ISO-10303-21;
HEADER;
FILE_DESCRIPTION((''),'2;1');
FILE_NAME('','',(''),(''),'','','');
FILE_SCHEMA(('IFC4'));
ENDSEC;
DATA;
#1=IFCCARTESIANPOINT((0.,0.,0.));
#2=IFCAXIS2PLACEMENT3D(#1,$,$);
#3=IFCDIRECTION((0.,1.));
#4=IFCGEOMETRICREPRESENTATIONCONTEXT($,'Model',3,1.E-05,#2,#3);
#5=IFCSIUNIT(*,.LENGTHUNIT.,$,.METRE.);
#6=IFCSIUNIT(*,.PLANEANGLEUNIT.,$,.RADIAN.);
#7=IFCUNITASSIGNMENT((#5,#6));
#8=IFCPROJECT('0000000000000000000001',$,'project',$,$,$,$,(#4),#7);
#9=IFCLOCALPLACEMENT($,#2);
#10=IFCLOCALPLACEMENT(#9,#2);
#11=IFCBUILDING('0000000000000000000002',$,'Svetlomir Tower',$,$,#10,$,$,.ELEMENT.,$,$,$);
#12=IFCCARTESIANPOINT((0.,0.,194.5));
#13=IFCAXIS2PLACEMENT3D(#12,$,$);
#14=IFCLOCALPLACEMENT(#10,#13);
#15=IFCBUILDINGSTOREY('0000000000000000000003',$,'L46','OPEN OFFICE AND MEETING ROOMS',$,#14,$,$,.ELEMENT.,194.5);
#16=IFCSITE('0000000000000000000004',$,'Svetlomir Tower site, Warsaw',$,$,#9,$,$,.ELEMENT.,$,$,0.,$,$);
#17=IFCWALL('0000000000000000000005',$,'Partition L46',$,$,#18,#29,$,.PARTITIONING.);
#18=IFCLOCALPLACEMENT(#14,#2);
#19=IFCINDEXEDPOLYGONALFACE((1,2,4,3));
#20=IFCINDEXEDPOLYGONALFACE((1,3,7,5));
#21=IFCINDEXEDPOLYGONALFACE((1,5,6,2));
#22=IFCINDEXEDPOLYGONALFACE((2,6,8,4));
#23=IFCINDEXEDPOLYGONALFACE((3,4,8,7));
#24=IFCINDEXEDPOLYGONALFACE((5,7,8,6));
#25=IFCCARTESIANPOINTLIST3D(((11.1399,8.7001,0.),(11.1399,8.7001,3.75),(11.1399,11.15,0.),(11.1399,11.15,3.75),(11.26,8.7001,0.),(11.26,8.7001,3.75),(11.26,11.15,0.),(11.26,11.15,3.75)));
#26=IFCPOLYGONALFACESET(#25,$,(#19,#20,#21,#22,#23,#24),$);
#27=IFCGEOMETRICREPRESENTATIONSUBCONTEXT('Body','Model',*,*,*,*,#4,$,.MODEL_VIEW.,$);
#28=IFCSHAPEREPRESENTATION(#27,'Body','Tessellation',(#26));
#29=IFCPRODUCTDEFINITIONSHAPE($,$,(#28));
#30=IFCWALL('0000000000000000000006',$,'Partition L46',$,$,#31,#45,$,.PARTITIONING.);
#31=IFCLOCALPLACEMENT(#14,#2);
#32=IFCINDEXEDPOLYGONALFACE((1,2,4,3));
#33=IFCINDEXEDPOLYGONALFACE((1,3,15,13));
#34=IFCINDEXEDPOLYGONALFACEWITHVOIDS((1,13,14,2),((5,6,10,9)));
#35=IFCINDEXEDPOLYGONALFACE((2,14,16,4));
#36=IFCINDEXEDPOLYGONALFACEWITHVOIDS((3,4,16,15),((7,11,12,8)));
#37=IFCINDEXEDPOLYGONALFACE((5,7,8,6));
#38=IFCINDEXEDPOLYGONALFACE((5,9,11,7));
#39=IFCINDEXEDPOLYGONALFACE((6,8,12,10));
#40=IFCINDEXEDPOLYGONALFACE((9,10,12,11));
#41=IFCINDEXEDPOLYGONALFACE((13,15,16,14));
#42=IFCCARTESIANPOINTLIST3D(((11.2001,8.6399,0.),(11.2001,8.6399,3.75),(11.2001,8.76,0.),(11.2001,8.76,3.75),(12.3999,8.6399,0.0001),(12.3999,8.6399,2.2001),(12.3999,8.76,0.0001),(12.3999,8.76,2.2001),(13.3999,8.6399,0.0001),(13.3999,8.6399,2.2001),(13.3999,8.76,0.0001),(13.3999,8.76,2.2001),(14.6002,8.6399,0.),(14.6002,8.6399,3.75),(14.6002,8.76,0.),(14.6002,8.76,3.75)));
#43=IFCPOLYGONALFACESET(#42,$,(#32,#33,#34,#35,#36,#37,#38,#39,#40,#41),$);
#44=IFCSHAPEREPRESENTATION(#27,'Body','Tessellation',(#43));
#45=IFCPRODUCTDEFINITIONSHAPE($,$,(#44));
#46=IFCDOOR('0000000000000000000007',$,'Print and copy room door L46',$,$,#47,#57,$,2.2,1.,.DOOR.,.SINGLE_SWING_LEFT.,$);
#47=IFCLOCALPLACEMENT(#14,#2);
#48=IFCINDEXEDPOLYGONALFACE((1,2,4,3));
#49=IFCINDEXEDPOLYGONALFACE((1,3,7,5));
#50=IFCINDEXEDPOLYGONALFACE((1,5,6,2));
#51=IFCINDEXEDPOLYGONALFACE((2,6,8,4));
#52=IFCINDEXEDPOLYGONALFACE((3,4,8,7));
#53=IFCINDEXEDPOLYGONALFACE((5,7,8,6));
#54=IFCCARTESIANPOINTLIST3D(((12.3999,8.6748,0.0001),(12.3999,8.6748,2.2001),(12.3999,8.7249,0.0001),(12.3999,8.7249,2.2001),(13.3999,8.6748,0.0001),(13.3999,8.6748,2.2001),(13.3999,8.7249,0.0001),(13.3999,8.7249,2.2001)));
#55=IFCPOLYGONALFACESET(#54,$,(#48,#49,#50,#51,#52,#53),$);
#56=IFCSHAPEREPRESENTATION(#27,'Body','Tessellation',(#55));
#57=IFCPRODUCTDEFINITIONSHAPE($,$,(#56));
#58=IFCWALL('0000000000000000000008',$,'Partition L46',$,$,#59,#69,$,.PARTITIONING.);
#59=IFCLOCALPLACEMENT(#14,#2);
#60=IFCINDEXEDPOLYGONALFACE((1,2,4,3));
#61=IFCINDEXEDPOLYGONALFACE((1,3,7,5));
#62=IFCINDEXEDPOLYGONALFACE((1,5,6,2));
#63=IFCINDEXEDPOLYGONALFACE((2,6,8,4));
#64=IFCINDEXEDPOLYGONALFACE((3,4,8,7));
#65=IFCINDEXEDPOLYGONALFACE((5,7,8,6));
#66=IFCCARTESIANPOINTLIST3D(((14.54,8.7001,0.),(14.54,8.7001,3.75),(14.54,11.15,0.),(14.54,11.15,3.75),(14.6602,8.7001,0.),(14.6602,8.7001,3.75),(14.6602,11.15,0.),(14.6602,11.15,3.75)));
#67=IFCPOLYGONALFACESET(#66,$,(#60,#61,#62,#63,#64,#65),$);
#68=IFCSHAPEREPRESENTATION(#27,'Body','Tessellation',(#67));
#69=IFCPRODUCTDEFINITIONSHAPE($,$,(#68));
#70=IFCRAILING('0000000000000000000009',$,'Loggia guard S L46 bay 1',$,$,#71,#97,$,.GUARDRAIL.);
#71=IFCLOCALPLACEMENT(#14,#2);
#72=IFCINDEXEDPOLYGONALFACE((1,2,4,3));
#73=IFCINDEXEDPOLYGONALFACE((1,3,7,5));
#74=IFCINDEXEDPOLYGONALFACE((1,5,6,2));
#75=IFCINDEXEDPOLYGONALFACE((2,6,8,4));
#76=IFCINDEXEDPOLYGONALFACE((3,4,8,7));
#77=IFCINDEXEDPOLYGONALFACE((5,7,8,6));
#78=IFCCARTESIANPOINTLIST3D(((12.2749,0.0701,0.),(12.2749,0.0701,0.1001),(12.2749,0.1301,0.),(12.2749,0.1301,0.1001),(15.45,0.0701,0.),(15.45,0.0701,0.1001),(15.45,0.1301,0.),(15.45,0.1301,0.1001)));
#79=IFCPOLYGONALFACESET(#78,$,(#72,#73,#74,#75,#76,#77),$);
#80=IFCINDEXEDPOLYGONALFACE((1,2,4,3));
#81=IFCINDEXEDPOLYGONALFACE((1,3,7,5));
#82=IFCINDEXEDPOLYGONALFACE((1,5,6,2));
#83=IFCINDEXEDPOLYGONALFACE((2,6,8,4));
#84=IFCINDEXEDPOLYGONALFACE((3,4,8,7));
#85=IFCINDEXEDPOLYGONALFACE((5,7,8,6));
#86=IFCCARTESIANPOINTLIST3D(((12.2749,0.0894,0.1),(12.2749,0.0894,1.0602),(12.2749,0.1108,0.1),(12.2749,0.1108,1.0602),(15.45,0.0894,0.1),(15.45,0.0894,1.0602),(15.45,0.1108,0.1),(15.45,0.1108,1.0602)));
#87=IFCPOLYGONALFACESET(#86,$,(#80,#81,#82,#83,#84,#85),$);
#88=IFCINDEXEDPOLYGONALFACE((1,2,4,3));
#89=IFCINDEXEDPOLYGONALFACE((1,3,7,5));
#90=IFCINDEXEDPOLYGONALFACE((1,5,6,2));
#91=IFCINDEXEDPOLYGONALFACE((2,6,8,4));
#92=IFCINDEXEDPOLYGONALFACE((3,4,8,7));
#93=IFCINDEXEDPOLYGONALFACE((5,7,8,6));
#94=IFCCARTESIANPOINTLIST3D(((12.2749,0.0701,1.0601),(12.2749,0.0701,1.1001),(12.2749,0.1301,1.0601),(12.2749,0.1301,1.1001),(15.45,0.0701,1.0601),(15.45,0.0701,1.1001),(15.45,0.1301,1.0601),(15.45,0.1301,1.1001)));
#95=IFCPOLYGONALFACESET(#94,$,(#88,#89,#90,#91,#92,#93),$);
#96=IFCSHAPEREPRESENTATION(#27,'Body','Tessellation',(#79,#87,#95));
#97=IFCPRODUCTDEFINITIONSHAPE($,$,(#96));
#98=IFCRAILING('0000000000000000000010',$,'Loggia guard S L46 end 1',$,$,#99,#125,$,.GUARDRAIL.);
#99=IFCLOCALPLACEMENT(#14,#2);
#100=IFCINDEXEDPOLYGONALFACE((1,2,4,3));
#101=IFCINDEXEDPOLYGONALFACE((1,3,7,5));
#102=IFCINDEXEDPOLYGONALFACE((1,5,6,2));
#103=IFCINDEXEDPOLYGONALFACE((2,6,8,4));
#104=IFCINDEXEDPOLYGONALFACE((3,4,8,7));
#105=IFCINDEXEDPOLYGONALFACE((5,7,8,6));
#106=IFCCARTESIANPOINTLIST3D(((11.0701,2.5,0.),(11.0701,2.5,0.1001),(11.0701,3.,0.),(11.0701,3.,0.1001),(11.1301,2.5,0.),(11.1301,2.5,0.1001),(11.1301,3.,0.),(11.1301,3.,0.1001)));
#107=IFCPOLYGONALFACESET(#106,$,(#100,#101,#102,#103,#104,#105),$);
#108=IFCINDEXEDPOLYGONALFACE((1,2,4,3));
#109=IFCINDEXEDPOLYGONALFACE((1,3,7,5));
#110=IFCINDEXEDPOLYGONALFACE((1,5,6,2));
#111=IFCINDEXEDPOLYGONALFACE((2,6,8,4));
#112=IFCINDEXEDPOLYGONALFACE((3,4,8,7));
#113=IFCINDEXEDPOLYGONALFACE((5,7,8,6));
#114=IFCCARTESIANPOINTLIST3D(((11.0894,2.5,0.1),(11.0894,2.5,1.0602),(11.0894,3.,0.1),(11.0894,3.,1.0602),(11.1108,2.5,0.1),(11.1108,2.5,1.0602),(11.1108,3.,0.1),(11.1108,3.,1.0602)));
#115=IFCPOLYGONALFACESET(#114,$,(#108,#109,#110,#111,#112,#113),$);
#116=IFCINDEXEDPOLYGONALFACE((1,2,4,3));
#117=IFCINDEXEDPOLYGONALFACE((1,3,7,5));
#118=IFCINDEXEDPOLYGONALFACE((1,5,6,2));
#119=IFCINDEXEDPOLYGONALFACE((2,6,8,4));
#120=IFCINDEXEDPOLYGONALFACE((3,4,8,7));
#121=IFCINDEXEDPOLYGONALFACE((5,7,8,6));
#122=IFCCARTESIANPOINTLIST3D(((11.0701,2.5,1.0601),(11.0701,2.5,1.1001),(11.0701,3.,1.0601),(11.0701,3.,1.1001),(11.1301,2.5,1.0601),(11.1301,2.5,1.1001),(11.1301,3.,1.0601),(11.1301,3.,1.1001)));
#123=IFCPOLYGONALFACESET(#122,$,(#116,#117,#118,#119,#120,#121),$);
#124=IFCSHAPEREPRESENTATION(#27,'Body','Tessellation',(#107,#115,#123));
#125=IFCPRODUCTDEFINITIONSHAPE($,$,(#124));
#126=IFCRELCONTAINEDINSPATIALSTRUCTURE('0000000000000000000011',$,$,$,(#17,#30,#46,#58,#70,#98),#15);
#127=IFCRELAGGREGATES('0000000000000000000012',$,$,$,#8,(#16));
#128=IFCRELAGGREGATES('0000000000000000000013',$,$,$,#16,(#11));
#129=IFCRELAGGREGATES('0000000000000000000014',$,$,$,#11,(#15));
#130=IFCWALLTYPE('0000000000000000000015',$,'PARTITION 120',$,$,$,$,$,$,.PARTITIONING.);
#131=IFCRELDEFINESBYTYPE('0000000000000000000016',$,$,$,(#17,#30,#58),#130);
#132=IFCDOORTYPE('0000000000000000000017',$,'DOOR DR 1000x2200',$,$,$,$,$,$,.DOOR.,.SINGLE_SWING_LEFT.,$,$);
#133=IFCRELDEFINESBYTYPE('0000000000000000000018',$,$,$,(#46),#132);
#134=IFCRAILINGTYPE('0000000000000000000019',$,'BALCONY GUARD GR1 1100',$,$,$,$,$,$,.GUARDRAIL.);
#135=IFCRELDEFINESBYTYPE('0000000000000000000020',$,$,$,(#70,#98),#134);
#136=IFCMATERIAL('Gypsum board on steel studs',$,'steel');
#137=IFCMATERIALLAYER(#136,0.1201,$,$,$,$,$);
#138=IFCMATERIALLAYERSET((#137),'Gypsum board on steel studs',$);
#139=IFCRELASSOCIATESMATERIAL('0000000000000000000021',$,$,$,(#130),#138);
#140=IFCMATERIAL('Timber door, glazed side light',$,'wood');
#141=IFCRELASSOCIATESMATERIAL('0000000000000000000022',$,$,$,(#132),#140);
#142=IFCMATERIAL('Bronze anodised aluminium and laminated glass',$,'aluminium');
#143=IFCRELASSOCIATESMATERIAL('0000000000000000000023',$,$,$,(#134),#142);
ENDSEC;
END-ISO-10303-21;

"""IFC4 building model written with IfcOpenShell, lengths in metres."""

from ifc_helpers import new_model, si_unit, direction, frame, frame_2d, origin, origin_2d, place, context, subcontext, project, spatial, rectangle, extrude, material, layer, layer_set, type_object, element, fill, save


model = new_model("IFC4")

# Units and contexts
model_context = context("Model", 3, precision=1e-05, world=origin(), true_north=direction((0.0, 1.0)))
body_context = subcontext(model_context, "Body", "Model", "MODEL_VIEW")
ifc_project = project(units=[si_unit("LENGTHUNIT", "METRE"), si_unit("PLANEANGLEUNIT", "RADIAN")], contexts=[model_context])

# Site, building, storey
site_placement = place(None, origin())
site = spatial("IfcSite", under=ifc_project, at=site_placement, Name="Svetlomir Tower site, Warsaw", CompositionType="ELEMENT", RefElevation=0.0)
building_placement = place(site_placement, origin())
building = spatial("IfcBuilding", under=site, at=building_placement, Name="Svetlomir Tower", CompositionType="ELEMENT")
storey_placement = place(building_placement, frame((0.0, 0.0, 194.5)))
storey = spatial("IfcBuildingStorey", under=building, at=storey_placement, Name="L46", Description="OPEN OFFICE AND MEETING ROOMS", CompositionType="ELEMENT", Elevation=194.5)

# Wall
ifc_material_1 = material(Name="Gypsum board on steel studs", Category="steel")
ifc_layer_1 = layer(ifc_material_1, 0.1201)
ifc_layer_set_1 = layer_set([ifc_layer_1], Name="Gypsum board on steel studs")
wall_type_1 = type_object("IfcWallType", Name="PARTITION 120", PredefinedType="PARTITIONING", material=ifc_layer_set_1)
wall_1_placement = place(storey_placement, frame((11.2, 8.7, 0.0), z_axis=(0.0, 0.0, 1.0), x_axis=(0.0, 1.0, 0.0)))
element("IfcWall", 1, at=wall_1_placement, inside=storey, type_object=wall_type_1, Name="Partition L46", PredefinedType="PARTITIONING", context=body_context, shape_type="SweptSolid", body=[
    extrude(rectangle(XDim=2.45, YDim=0.1201, at=frame_2d((1.2251, 0.0))), origin(), (0.0, 0.0, 1.0), 3.75),
])

# Wall, opening, door
wall_2_placement = place(storey_placement, frame((11.2, 8.7, 0.0), z_axis=(0.0, 0.0, 1.0), x_axis=(1.0, 0.0, 0.0)))
wall_2 = element("IfcWall", 2, at=wall_2_placement, inside=storey, type_object=wall_type_1, Name="Partition L46", PredefinedType="PARTITIONING", context=body_context, shape_type="SweptSolid", body=[
    extrude(rectangle(XDim=3.4001, YDim=0.1201, at=frame_2d((1.7002, 0.0))), origin(), (0.0, 0.0, 1.0), 3.75),
])
opening_1_placement = place(wall_2_placement, frame((1.2, 0.0, 0.0)))
opening_1 = element("IfcOpeningElement", 3, at=opening_1_placement, cuts=wall_2, PredefinedType="OPENING", context=body_context, shape_type="SweptSolid", body=[
    extrude(rectangle(XDim=1.0, YDim=2.2, at=frame_2d((0.5, 1.1001))), frame((0.0, 0.0701, 0.0), z_axis=(0.0, -1.0, 0.0), x_axis=(1.0, 0.0, 0.0)), (0.0, 0.0, 1.0), 0.1401),
])
ifc_material_2 = material(Name="Timber door, glazed side light", Category="wood")
door_type_1 = type_object("IfcDoorType", Name="DOOR DR 1000x2200", OperationType="SINGLE_SWING_LEFT", PredefinedType="DOOR", material=ifc_material_2)
door_1_placement = place(opening_1_placement, origin())
door_1 = element("IfcDoor", 4, at=door_1_placement, inside=storey, type_object=door_type_1, Name="Print and copy room door L46", OperationType="SINGLE_SWING_LEFT", OverallHeight=2.2, OverallWidth=1.0, PredefinedType="DOOR", context=body_context, shape_type="SweptSolid", body=[
    extrude(rectangle(XDim=1.0, YDim=2.2, at=frame_2d((0.5, 1.1001))), frame((0.0, 0.0249, 0.0), z_axis=(0.0, -1.0, 0.0), x_axis=(1.0, 0.0, 0.0)), (0.0, 0.0, 1.0), 0.05),
])
fill(opening_1, door_1)

# Wall
wall_3_placement = place(storey_placement, frame((14.6001, 8.7, 0.0), z_axis=(0.0, 0.0, 1.0), x_axis=(0.0, 1.0, 0.0)))
element("IfcWall", 5, at=wall_3_placement, inside=storey, type_object=wall_type_1, Name="Partition L46", PredefinedType="PARTITIONING", context=body_context, shape_type="SweptSolid", body=[
    extrude(rectangle(XDim=2.45, YDim=0.1201, at=frame_2d((1.2251, 0.0))), origin(), (0.0, 0.0, 1.0), 3.75),
])

# Railings
ifc_material_3 = material(Name="Bronze anodised aluminium and laminated glass", Category="aluminium")
railing_type = type_object("IfcRailingType", Name="BALCONY GUARD GR1 1100", PredefinedType="GUARDRAIL", material=ifc_material_3)
railing_1_placement = place(storey_placement, frame((12.2749, 0.1001, 0.0)))
element("IfcRailing", 6, at=railing_1_placement, inside=storey, type_object=railing_type, Name="Loggia guard S L46 bay 1", PredefinedType="GUARDRAIL", context=body_context, shape_type="SweptSolid", body=[
    extrude(rectangle(XDim=0.0601, YDim=0.1001, at=origin_2d()), frame((0.0, 0.0, 0.05), z_axis=(1.0, 0.0, 0.0), x_axis=(0.0, 1.0, 0.0)), (0.0, 0.0, 1.0), 3.175),
    extrude(rectangle(XDim=0.0215, YDim=0.9602, at=origin_2d()), frame((0.0, 0.0, 0.5801), z_axis=(1.0, 0.0, 0.0), x_axis=(0.0, 1.0, 0.0)), (0.0, 0.0, 1.0), 3.175),
    extrude(rectangle(XDim=0.0601, YDim=0.04, at=origin_2d()), frame((0.0, 0.0, 1.0801), z_axis=(1.0, 0.0, 0.0), x_axis=(0.0, 1.0, 0.0)), (0.0, 0.0, 1.0), 3.175),
])
railing_2_placement = place(storey_placement, frame((11.1001, 2.5, 0.0)))
element("IfcRailing", 7, at=railing_2_placement, inside=storey, type_object=railing_type, Name="Loggia guard S L46 end 1", PredefinedType="GUARDRAIL", context=body_context, shape_type="SweptSolid", body=[
    extrude(rectangle(XDim=0.0601, YDim=0.1001, at=origin_2d()), frame((0.0, 0.0, 0.05), z_axis=(0.0, 1.0, 0.0), x_axis=(-1.0, 0.0, 0.0)), (0.0, 0.0, 1.0), 0.5),
    extrude(rectangle(XDim=0.0215, YDim=0.9602, at=origin_2d()), frame((0.0, 0.0, 0.5801), z_axis=(0.0, 1.0, 0.0), x_axis=(-1.0, 0.0, 0.0)), (0.0, 0.0, 1.0), 0.5),
    extrude(rectangle(XDim=0.0601, YDim=0.04, at=origin_2d()), frame((0.0, 0.0, 1.0801), z_axis=(0.0, 1.0, 0.0), x_axis=(-1.0, 0.0, 0.0)), (0.0, 0.0, 1.0), 0.5),
])

save(model, "model.ifc")
